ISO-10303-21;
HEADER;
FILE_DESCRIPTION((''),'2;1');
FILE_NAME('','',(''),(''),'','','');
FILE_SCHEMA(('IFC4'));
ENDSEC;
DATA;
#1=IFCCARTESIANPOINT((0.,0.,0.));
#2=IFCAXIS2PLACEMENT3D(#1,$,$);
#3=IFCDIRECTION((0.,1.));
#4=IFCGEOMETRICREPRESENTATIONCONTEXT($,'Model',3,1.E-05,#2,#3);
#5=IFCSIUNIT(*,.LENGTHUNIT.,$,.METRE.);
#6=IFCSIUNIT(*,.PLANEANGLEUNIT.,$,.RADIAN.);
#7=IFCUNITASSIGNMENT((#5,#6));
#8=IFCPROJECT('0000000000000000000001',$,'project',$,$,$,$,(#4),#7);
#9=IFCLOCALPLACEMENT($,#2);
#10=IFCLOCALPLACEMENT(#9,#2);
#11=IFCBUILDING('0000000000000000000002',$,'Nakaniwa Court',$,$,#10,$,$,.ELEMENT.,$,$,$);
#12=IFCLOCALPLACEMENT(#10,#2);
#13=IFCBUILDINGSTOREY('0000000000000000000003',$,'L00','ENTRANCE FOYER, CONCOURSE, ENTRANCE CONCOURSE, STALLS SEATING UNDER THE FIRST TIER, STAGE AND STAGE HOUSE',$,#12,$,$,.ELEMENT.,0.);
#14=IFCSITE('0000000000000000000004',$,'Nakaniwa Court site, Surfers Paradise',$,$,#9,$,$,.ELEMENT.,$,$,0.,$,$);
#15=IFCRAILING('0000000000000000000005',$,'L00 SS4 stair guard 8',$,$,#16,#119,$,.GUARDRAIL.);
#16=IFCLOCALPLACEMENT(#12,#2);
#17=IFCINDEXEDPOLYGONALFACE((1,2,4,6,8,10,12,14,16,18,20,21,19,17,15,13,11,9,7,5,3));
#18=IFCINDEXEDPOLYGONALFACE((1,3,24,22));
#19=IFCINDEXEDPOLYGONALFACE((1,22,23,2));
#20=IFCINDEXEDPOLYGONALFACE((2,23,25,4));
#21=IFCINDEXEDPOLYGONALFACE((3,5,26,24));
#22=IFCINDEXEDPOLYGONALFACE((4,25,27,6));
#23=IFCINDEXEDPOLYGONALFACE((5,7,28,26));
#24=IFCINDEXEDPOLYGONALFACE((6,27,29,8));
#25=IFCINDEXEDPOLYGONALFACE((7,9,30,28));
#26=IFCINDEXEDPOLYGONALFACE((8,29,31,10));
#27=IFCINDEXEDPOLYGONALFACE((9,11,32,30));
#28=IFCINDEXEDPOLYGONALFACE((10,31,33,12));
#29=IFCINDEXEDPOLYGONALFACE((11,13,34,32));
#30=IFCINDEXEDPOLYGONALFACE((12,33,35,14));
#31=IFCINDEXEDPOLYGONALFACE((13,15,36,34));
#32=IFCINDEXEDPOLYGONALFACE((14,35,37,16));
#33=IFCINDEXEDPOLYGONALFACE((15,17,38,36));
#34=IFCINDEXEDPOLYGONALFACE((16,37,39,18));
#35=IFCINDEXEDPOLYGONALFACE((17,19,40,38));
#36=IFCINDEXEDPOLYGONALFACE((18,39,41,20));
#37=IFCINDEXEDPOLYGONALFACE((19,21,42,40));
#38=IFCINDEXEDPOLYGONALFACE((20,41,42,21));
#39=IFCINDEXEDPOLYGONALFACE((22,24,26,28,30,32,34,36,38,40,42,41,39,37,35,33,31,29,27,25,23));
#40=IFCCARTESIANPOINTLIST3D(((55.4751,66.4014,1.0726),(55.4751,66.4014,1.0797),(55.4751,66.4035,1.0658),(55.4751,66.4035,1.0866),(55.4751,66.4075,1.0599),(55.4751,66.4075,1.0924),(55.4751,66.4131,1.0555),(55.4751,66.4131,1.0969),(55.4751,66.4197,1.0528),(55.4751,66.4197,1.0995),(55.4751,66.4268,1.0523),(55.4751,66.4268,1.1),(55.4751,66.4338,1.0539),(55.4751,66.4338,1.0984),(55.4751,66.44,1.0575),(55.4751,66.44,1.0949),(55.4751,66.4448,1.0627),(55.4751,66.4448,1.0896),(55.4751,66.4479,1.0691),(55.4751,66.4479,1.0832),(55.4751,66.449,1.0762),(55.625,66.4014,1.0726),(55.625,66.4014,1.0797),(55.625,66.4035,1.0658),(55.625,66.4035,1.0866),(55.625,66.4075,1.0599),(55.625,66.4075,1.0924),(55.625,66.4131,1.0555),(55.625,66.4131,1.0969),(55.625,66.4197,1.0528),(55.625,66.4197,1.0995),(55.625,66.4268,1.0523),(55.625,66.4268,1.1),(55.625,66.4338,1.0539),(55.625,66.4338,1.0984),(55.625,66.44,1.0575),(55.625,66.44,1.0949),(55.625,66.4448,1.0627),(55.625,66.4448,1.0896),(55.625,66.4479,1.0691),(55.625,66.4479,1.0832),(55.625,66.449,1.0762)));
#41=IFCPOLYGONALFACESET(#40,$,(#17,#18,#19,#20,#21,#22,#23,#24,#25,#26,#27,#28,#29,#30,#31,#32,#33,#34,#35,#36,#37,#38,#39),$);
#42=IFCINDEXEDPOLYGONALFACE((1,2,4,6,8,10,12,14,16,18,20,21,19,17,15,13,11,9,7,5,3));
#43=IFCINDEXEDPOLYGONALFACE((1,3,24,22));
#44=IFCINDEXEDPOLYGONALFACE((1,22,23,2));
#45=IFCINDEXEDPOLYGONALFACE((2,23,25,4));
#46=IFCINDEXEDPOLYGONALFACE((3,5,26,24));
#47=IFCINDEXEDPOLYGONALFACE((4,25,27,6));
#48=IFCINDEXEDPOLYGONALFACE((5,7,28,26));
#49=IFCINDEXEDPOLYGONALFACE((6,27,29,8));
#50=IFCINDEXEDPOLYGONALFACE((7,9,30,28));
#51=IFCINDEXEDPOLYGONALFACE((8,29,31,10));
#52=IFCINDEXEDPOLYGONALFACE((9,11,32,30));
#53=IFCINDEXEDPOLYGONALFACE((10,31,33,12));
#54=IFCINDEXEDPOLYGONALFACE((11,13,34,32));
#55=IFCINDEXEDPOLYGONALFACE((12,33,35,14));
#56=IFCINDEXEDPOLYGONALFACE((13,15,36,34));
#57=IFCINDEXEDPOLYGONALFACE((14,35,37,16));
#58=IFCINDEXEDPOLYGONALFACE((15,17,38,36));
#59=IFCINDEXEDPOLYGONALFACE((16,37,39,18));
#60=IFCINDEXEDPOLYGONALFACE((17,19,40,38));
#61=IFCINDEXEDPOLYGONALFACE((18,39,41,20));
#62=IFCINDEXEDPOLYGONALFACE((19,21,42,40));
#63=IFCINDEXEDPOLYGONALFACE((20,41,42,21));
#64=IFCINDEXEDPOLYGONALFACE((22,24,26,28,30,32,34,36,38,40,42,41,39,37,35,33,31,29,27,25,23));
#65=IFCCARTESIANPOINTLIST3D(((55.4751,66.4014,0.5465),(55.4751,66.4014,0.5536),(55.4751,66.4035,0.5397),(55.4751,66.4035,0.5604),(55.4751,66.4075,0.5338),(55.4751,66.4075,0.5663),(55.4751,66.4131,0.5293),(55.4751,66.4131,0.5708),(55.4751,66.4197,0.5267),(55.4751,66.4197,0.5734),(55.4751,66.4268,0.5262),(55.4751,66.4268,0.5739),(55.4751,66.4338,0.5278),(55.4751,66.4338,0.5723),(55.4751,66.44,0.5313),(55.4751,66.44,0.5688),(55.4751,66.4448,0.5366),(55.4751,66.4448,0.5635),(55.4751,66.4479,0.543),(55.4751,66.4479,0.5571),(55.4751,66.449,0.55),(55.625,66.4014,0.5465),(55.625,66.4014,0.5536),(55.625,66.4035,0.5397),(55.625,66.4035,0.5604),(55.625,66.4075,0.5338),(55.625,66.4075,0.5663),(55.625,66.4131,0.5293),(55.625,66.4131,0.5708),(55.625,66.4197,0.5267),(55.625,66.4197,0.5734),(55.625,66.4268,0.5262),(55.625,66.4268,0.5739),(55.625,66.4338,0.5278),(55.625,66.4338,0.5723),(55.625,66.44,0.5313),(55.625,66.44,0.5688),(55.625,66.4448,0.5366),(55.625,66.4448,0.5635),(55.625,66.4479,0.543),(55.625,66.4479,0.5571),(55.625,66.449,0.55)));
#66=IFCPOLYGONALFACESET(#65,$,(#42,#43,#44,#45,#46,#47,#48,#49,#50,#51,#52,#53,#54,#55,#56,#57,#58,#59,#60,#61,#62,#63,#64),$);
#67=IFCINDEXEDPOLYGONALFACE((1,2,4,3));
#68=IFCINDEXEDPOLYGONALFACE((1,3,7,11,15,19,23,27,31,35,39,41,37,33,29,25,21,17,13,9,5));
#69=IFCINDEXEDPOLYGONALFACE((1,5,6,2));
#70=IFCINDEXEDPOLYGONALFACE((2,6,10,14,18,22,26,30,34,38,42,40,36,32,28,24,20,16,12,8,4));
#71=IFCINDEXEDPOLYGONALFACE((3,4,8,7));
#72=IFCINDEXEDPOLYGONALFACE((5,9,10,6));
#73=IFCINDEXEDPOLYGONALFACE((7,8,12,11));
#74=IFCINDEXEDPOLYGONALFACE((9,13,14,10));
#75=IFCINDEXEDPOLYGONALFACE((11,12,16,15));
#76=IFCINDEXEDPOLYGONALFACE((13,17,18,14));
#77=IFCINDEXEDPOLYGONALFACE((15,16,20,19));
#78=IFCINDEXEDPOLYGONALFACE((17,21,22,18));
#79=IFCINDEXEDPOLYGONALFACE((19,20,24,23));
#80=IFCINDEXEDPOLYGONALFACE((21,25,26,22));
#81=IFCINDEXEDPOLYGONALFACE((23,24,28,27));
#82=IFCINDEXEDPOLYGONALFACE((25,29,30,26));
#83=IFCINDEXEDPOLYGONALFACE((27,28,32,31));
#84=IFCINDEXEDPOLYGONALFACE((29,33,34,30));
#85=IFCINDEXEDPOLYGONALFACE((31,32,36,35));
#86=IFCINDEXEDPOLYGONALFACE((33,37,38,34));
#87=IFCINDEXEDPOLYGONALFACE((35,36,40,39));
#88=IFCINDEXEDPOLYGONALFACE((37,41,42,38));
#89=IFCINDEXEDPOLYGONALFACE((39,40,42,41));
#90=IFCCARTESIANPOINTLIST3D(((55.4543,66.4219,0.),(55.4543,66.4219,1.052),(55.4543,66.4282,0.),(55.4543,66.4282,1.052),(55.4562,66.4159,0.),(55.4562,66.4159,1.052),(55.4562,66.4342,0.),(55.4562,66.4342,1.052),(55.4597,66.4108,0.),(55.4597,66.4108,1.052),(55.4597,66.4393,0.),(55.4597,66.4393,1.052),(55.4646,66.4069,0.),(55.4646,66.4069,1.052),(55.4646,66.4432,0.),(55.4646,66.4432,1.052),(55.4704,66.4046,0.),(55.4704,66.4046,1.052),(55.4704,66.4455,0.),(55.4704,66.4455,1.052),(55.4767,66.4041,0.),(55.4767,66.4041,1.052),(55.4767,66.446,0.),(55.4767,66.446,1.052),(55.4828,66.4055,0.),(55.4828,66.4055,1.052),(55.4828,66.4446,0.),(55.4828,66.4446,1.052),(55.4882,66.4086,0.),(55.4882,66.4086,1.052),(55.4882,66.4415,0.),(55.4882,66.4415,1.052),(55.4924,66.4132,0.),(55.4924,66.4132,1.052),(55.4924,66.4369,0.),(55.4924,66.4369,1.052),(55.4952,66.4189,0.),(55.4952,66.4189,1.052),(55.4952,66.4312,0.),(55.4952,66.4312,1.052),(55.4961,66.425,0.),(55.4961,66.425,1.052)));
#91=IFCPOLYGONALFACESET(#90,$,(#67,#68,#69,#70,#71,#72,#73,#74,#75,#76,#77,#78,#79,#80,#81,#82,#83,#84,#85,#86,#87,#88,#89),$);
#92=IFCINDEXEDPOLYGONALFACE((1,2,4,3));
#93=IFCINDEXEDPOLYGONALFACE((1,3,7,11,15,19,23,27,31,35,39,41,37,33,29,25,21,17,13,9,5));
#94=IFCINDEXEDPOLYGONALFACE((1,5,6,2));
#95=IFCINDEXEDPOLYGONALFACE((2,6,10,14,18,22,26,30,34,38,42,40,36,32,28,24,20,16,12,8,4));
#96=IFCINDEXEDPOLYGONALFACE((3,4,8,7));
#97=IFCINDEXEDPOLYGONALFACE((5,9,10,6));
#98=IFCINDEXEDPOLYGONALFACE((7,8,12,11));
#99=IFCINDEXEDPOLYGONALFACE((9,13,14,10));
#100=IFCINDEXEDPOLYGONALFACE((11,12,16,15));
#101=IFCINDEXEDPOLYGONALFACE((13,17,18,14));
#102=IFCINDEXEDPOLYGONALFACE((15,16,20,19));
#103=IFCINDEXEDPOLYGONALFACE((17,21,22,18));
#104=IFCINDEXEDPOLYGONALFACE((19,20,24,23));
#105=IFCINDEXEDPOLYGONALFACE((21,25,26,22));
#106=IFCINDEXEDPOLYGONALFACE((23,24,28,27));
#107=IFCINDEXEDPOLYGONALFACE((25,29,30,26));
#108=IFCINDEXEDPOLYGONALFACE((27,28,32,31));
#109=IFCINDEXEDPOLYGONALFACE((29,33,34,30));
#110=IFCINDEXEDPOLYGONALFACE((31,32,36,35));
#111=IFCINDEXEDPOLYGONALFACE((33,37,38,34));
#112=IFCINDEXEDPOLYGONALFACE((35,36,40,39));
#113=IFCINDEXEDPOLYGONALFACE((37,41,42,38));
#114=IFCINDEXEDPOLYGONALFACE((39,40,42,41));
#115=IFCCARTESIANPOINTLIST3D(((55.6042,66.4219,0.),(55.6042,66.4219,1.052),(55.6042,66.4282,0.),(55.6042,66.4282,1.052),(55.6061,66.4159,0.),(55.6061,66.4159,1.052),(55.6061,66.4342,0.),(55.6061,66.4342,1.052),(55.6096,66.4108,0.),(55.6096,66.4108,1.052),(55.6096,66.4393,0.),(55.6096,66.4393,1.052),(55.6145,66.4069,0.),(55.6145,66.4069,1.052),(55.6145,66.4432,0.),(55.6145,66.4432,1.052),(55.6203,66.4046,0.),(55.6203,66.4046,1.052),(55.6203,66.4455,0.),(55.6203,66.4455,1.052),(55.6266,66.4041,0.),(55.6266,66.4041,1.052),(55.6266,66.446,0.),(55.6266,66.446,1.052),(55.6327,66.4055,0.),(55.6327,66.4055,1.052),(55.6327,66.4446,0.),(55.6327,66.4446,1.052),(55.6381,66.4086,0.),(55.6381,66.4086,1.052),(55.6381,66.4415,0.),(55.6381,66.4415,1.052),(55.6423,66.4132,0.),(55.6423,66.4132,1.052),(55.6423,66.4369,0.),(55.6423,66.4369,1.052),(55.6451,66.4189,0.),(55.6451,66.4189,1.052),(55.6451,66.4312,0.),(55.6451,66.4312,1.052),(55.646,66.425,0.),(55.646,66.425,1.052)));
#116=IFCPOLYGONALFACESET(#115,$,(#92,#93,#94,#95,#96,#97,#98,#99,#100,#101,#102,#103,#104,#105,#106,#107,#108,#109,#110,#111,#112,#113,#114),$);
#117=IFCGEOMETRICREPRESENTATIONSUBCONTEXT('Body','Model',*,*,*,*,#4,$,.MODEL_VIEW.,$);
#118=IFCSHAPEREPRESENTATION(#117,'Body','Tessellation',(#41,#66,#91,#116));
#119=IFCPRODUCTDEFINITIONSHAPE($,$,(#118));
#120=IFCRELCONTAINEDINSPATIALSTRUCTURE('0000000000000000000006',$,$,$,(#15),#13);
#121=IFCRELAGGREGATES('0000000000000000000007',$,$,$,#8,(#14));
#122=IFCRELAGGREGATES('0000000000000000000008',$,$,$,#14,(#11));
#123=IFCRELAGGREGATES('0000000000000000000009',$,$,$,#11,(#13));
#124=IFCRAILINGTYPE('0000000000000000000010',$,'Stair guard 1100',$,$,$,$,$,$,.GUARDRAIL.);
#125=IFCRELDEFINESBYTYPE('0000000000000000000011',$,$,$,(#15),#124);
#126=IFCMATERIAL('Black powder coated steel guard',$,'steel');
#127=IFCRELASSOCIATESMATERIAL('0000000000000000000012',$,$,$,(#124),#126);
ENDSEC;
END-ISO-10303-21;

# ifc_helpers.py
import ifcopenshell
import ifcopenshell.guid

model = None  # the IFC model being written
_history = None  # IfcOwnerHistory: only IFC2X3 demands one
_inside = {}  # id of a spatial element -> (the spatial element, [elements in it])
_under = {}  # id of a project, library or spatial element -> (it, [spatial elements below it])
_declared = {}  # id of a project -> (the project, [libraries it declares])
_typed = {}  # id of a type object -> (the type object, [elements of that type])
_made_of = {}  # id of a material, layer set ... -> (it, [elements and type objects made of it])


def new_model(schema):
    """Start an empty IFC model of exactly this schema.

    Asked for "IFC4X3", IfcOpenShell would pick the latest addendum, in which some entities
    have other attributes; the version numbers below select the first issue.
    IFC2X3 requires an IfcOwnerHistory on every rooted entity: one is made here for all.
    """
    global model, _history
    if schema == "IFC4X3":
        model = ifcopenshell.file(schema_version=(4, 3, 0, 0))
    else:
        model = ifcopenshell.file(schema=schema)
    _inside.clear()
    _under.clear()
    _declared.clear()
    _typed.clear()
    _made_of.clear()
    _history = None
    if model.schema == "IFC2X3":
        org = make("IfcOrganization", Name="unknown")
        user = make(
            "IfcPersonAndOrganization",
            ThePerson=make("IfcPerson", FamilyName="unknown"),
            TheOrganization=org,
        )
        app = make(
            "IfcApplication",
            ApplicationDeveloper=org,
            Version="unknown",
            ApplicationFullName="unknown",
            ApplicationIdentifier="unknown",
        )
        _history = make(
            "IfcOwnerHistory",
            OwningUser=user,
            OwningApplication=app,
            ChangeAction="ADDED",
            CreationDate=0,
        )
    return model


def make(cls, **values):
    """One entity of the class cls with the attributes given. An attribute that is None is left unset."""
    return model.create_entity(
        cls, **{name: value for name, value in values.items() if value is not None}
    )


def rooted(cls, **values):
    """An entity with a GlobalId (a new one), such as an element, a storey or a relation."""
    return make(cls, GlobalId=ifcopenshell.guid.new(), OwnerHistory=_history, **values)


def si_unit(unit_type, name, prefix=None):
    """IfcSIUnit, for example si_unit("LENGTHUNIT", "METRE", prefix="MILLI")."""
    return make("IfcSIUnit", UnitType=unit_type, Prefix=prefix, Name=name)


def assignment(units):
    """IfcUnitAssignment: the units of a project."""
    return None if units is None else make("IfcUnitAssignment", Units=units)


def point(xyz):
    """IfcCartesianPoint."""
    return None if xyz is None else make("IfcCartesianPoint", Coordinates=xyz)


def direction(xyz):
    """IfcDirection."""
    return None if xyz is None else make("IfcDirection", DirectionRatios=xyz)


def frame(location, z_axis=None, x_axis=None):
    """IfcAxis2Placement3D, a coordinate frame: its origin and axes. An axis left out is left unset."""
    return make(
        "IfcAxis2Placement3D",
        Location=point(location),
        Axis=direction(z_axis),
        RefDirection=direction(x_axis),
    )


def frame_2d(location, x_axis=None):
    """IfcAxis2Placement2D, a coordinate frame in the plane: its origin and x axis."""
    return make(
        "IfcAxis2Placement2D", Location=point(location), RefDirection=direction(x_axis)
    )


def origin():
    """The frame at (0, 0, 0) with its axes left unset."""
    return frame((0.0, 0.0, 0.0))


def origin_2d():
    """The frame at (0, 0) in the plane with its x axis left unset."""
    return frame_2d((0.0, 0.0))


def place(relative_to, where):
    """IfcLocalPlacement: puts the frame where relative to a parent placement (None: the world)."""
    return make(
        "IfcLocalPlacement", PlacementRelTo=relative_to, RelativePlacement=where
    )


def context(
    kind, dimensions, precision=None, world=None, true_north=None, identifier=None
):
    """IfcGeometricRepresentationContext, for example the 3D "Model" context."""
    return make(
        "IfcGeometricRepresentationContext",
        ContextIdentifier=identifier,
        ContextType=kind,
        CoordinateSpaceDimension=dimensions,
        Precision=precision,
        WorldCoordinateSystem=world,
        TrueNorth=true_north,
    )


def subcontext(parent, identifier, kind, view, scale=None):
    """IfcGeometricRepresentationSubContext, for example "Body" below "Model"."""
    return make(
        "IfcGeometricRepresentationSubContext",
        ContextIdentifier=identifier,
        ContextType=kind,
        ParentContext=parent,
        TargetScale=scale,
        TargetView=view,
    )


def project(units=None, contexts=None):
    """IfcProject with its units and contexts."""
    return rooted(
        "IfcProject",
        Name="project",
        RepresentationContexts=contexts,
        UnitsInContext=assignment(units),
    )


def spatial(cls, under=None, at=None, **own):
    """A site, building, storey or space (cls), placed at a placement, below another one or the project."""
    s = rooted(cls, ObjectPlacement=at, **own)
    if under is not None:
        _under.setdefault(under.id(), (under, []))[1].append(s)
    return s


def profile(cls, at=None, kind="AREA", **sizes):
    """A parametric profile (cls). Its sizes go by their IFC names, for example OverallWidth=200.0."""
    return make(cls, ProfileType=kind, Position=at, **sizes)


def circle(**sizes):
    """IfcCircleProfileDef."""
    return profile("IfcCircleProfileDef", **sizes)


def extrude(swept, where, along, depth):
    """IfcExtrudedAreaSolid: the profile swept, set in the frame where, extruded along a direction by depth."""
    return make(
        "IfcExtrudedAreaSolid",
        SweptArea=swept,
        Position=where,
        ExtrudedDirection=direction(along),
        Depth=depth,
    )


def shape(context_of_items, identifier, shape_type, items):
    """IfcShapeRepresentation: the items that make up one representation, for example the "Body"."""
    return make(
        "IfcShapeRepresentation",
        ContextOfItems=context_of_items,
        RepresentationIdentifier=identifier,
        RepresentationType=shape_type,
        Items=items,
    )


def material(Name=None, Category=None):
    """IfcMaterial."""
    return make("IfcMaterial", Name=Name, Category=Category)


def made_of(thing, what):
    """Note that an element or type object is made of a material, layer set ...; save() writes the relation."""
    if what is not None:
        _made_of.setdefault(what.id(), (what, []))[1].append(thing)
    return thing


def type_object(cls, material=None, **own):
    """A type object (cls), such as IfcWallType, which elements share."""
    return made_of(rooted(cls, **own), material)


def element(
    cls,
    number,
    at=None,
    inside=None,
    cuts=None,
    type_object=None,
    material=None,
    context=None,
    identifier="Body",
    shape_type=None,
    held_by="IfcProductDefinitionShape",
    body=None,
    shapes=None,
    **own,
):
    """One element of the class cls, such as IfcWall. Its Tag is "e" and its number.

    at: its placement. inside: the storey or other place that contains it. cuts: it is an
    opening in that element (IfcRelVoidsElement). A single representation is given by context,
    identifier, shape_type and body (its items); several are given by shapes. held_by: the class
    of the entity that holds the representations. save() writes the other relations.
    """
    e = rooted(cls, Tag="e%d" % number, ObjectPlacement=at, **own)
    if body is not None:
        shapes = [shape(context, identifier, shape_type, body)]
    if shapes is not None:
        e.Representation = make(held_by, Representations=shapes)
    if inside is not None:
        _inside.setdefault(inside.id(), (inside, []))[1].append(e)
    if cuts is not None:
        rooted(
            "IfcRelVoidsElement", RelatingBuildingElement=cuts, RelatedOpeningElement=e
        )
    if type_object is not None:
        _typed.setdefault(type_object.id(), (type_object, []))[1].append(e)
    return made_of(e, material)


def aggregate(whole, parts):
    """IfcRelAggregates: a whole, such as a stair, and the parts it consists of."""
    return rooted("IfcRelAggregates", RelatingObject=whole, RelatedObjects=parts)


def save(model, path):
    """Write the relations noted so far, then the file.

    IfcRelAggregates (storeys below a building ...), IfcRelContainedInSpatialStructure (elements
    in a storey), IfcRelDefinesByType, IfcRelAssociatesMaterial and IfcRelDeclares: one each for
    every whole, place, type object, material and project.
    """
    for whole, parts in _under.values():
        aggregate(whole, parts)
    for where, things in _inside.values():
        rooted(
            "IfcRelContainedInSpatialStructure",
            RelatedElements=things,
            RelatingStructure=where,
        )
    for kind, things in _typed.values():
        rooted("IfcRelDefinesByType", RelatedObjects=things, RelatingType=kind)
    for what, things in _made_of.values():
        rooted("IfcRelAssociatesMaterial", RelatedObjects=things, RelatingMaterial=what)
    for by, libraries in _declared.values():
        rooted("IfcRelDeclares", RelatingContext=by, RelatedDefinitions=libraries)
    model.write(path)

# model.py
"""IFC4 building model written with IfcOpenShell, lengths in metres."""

from ifc_helpers import new_model, si_unit, direction, frame, origin, origin_2d, place, context, subcontext, project, spatial, circle, extrude, material, type_object, element, save


model = new_model("IFC4")

# Units and contexts
model_context = context("Model", 3, precision=1e-05, world=origin(), true_north=direction((0.0, 1.0)))
body_context = subcontext(model_context, "Body", "Model", "MODEL_VIEW")
ifc_project = project(units=[si_unit("LENGTHUNIT", "METRE"), si_unit("PLANEANGLEUNIT", "RADIAN")], contexts=[model_context])

# Site, building, storey
site_placement = place(None, origin())
site = spatial("IfcSite", under=ifc_project, at=site_placement, Name="Nakaniwa Court site, Surfers Paradise", CompositionType="ELEMENT", RefElevation=0.0)
building_placement = place(site_placement, origin())
building = spatial("IfcBuilding", under=site, at=building_placement, Name="Nakaniwa Court", CompositionType="ELEMENT")
storey_placement = place(building_placement, origin())
storey = spatial("IfcBuildingStorey", under=building, at=storey_placement, Name="L00", Description="ENTRANCE FOYER, CONCOURSE, ENTRANCE CONCOURSE, STALLS SEATING UNDER THE FIRST TIER, STAGE AND STAGE HOUSE", CompositionType="ELEMENT", Elevation=0.0)

# Railing
ifc_material_1 = material(Name="Black powder coated steel guard", Category="steel")
railing_type_1 = type_object("IfcRailingType", Name="Stair guard 1100", PredefinedType="GUARDRAIL", material=ifc_material_1)
railing_1_placement = place(storey_placement, frame((55.4751, 66.425, 0.0)))
element("IfcRailing", 1, at=railing_1_placement, inside=storey, type_object=railing_type_1, Name="L00 SS4 stair guard 8", PredefinedType="GUARDRAIL", context=body_context, shape_type="SweptSolid", body=[
    extrude(circle(Radius=0.0239, at=origin_2d()), frame((0.0, 0.0, 1.0762), z_axis=(1.0, 0.0, 0.0), x_axis=(0.0, 1.0, 0.0)), (0.0, 0.0, 1.0), 0.1499),
    extrude(circle(Radius=0.0239, at=origin_2d()), frame((0.0, 0.0, 0.55), z_axis=(1.0, 0.0, 0.0), x_axis=(0.0, 1.0, 0.0)), (0.0, 0.0, 1.0), 0.1499),
    extrude(circle(Radius=0.021, at=origin_2d()), origin(), (0.0, 0.0, 1.0), 1.052),
    extrude(circle(Radius=0.021, at=origin_2d()), frame((0.1499, 0.0, 0.0)), (0.0, 0.0, 1.0), 1.052),
])

save(model, "model.ifc")
